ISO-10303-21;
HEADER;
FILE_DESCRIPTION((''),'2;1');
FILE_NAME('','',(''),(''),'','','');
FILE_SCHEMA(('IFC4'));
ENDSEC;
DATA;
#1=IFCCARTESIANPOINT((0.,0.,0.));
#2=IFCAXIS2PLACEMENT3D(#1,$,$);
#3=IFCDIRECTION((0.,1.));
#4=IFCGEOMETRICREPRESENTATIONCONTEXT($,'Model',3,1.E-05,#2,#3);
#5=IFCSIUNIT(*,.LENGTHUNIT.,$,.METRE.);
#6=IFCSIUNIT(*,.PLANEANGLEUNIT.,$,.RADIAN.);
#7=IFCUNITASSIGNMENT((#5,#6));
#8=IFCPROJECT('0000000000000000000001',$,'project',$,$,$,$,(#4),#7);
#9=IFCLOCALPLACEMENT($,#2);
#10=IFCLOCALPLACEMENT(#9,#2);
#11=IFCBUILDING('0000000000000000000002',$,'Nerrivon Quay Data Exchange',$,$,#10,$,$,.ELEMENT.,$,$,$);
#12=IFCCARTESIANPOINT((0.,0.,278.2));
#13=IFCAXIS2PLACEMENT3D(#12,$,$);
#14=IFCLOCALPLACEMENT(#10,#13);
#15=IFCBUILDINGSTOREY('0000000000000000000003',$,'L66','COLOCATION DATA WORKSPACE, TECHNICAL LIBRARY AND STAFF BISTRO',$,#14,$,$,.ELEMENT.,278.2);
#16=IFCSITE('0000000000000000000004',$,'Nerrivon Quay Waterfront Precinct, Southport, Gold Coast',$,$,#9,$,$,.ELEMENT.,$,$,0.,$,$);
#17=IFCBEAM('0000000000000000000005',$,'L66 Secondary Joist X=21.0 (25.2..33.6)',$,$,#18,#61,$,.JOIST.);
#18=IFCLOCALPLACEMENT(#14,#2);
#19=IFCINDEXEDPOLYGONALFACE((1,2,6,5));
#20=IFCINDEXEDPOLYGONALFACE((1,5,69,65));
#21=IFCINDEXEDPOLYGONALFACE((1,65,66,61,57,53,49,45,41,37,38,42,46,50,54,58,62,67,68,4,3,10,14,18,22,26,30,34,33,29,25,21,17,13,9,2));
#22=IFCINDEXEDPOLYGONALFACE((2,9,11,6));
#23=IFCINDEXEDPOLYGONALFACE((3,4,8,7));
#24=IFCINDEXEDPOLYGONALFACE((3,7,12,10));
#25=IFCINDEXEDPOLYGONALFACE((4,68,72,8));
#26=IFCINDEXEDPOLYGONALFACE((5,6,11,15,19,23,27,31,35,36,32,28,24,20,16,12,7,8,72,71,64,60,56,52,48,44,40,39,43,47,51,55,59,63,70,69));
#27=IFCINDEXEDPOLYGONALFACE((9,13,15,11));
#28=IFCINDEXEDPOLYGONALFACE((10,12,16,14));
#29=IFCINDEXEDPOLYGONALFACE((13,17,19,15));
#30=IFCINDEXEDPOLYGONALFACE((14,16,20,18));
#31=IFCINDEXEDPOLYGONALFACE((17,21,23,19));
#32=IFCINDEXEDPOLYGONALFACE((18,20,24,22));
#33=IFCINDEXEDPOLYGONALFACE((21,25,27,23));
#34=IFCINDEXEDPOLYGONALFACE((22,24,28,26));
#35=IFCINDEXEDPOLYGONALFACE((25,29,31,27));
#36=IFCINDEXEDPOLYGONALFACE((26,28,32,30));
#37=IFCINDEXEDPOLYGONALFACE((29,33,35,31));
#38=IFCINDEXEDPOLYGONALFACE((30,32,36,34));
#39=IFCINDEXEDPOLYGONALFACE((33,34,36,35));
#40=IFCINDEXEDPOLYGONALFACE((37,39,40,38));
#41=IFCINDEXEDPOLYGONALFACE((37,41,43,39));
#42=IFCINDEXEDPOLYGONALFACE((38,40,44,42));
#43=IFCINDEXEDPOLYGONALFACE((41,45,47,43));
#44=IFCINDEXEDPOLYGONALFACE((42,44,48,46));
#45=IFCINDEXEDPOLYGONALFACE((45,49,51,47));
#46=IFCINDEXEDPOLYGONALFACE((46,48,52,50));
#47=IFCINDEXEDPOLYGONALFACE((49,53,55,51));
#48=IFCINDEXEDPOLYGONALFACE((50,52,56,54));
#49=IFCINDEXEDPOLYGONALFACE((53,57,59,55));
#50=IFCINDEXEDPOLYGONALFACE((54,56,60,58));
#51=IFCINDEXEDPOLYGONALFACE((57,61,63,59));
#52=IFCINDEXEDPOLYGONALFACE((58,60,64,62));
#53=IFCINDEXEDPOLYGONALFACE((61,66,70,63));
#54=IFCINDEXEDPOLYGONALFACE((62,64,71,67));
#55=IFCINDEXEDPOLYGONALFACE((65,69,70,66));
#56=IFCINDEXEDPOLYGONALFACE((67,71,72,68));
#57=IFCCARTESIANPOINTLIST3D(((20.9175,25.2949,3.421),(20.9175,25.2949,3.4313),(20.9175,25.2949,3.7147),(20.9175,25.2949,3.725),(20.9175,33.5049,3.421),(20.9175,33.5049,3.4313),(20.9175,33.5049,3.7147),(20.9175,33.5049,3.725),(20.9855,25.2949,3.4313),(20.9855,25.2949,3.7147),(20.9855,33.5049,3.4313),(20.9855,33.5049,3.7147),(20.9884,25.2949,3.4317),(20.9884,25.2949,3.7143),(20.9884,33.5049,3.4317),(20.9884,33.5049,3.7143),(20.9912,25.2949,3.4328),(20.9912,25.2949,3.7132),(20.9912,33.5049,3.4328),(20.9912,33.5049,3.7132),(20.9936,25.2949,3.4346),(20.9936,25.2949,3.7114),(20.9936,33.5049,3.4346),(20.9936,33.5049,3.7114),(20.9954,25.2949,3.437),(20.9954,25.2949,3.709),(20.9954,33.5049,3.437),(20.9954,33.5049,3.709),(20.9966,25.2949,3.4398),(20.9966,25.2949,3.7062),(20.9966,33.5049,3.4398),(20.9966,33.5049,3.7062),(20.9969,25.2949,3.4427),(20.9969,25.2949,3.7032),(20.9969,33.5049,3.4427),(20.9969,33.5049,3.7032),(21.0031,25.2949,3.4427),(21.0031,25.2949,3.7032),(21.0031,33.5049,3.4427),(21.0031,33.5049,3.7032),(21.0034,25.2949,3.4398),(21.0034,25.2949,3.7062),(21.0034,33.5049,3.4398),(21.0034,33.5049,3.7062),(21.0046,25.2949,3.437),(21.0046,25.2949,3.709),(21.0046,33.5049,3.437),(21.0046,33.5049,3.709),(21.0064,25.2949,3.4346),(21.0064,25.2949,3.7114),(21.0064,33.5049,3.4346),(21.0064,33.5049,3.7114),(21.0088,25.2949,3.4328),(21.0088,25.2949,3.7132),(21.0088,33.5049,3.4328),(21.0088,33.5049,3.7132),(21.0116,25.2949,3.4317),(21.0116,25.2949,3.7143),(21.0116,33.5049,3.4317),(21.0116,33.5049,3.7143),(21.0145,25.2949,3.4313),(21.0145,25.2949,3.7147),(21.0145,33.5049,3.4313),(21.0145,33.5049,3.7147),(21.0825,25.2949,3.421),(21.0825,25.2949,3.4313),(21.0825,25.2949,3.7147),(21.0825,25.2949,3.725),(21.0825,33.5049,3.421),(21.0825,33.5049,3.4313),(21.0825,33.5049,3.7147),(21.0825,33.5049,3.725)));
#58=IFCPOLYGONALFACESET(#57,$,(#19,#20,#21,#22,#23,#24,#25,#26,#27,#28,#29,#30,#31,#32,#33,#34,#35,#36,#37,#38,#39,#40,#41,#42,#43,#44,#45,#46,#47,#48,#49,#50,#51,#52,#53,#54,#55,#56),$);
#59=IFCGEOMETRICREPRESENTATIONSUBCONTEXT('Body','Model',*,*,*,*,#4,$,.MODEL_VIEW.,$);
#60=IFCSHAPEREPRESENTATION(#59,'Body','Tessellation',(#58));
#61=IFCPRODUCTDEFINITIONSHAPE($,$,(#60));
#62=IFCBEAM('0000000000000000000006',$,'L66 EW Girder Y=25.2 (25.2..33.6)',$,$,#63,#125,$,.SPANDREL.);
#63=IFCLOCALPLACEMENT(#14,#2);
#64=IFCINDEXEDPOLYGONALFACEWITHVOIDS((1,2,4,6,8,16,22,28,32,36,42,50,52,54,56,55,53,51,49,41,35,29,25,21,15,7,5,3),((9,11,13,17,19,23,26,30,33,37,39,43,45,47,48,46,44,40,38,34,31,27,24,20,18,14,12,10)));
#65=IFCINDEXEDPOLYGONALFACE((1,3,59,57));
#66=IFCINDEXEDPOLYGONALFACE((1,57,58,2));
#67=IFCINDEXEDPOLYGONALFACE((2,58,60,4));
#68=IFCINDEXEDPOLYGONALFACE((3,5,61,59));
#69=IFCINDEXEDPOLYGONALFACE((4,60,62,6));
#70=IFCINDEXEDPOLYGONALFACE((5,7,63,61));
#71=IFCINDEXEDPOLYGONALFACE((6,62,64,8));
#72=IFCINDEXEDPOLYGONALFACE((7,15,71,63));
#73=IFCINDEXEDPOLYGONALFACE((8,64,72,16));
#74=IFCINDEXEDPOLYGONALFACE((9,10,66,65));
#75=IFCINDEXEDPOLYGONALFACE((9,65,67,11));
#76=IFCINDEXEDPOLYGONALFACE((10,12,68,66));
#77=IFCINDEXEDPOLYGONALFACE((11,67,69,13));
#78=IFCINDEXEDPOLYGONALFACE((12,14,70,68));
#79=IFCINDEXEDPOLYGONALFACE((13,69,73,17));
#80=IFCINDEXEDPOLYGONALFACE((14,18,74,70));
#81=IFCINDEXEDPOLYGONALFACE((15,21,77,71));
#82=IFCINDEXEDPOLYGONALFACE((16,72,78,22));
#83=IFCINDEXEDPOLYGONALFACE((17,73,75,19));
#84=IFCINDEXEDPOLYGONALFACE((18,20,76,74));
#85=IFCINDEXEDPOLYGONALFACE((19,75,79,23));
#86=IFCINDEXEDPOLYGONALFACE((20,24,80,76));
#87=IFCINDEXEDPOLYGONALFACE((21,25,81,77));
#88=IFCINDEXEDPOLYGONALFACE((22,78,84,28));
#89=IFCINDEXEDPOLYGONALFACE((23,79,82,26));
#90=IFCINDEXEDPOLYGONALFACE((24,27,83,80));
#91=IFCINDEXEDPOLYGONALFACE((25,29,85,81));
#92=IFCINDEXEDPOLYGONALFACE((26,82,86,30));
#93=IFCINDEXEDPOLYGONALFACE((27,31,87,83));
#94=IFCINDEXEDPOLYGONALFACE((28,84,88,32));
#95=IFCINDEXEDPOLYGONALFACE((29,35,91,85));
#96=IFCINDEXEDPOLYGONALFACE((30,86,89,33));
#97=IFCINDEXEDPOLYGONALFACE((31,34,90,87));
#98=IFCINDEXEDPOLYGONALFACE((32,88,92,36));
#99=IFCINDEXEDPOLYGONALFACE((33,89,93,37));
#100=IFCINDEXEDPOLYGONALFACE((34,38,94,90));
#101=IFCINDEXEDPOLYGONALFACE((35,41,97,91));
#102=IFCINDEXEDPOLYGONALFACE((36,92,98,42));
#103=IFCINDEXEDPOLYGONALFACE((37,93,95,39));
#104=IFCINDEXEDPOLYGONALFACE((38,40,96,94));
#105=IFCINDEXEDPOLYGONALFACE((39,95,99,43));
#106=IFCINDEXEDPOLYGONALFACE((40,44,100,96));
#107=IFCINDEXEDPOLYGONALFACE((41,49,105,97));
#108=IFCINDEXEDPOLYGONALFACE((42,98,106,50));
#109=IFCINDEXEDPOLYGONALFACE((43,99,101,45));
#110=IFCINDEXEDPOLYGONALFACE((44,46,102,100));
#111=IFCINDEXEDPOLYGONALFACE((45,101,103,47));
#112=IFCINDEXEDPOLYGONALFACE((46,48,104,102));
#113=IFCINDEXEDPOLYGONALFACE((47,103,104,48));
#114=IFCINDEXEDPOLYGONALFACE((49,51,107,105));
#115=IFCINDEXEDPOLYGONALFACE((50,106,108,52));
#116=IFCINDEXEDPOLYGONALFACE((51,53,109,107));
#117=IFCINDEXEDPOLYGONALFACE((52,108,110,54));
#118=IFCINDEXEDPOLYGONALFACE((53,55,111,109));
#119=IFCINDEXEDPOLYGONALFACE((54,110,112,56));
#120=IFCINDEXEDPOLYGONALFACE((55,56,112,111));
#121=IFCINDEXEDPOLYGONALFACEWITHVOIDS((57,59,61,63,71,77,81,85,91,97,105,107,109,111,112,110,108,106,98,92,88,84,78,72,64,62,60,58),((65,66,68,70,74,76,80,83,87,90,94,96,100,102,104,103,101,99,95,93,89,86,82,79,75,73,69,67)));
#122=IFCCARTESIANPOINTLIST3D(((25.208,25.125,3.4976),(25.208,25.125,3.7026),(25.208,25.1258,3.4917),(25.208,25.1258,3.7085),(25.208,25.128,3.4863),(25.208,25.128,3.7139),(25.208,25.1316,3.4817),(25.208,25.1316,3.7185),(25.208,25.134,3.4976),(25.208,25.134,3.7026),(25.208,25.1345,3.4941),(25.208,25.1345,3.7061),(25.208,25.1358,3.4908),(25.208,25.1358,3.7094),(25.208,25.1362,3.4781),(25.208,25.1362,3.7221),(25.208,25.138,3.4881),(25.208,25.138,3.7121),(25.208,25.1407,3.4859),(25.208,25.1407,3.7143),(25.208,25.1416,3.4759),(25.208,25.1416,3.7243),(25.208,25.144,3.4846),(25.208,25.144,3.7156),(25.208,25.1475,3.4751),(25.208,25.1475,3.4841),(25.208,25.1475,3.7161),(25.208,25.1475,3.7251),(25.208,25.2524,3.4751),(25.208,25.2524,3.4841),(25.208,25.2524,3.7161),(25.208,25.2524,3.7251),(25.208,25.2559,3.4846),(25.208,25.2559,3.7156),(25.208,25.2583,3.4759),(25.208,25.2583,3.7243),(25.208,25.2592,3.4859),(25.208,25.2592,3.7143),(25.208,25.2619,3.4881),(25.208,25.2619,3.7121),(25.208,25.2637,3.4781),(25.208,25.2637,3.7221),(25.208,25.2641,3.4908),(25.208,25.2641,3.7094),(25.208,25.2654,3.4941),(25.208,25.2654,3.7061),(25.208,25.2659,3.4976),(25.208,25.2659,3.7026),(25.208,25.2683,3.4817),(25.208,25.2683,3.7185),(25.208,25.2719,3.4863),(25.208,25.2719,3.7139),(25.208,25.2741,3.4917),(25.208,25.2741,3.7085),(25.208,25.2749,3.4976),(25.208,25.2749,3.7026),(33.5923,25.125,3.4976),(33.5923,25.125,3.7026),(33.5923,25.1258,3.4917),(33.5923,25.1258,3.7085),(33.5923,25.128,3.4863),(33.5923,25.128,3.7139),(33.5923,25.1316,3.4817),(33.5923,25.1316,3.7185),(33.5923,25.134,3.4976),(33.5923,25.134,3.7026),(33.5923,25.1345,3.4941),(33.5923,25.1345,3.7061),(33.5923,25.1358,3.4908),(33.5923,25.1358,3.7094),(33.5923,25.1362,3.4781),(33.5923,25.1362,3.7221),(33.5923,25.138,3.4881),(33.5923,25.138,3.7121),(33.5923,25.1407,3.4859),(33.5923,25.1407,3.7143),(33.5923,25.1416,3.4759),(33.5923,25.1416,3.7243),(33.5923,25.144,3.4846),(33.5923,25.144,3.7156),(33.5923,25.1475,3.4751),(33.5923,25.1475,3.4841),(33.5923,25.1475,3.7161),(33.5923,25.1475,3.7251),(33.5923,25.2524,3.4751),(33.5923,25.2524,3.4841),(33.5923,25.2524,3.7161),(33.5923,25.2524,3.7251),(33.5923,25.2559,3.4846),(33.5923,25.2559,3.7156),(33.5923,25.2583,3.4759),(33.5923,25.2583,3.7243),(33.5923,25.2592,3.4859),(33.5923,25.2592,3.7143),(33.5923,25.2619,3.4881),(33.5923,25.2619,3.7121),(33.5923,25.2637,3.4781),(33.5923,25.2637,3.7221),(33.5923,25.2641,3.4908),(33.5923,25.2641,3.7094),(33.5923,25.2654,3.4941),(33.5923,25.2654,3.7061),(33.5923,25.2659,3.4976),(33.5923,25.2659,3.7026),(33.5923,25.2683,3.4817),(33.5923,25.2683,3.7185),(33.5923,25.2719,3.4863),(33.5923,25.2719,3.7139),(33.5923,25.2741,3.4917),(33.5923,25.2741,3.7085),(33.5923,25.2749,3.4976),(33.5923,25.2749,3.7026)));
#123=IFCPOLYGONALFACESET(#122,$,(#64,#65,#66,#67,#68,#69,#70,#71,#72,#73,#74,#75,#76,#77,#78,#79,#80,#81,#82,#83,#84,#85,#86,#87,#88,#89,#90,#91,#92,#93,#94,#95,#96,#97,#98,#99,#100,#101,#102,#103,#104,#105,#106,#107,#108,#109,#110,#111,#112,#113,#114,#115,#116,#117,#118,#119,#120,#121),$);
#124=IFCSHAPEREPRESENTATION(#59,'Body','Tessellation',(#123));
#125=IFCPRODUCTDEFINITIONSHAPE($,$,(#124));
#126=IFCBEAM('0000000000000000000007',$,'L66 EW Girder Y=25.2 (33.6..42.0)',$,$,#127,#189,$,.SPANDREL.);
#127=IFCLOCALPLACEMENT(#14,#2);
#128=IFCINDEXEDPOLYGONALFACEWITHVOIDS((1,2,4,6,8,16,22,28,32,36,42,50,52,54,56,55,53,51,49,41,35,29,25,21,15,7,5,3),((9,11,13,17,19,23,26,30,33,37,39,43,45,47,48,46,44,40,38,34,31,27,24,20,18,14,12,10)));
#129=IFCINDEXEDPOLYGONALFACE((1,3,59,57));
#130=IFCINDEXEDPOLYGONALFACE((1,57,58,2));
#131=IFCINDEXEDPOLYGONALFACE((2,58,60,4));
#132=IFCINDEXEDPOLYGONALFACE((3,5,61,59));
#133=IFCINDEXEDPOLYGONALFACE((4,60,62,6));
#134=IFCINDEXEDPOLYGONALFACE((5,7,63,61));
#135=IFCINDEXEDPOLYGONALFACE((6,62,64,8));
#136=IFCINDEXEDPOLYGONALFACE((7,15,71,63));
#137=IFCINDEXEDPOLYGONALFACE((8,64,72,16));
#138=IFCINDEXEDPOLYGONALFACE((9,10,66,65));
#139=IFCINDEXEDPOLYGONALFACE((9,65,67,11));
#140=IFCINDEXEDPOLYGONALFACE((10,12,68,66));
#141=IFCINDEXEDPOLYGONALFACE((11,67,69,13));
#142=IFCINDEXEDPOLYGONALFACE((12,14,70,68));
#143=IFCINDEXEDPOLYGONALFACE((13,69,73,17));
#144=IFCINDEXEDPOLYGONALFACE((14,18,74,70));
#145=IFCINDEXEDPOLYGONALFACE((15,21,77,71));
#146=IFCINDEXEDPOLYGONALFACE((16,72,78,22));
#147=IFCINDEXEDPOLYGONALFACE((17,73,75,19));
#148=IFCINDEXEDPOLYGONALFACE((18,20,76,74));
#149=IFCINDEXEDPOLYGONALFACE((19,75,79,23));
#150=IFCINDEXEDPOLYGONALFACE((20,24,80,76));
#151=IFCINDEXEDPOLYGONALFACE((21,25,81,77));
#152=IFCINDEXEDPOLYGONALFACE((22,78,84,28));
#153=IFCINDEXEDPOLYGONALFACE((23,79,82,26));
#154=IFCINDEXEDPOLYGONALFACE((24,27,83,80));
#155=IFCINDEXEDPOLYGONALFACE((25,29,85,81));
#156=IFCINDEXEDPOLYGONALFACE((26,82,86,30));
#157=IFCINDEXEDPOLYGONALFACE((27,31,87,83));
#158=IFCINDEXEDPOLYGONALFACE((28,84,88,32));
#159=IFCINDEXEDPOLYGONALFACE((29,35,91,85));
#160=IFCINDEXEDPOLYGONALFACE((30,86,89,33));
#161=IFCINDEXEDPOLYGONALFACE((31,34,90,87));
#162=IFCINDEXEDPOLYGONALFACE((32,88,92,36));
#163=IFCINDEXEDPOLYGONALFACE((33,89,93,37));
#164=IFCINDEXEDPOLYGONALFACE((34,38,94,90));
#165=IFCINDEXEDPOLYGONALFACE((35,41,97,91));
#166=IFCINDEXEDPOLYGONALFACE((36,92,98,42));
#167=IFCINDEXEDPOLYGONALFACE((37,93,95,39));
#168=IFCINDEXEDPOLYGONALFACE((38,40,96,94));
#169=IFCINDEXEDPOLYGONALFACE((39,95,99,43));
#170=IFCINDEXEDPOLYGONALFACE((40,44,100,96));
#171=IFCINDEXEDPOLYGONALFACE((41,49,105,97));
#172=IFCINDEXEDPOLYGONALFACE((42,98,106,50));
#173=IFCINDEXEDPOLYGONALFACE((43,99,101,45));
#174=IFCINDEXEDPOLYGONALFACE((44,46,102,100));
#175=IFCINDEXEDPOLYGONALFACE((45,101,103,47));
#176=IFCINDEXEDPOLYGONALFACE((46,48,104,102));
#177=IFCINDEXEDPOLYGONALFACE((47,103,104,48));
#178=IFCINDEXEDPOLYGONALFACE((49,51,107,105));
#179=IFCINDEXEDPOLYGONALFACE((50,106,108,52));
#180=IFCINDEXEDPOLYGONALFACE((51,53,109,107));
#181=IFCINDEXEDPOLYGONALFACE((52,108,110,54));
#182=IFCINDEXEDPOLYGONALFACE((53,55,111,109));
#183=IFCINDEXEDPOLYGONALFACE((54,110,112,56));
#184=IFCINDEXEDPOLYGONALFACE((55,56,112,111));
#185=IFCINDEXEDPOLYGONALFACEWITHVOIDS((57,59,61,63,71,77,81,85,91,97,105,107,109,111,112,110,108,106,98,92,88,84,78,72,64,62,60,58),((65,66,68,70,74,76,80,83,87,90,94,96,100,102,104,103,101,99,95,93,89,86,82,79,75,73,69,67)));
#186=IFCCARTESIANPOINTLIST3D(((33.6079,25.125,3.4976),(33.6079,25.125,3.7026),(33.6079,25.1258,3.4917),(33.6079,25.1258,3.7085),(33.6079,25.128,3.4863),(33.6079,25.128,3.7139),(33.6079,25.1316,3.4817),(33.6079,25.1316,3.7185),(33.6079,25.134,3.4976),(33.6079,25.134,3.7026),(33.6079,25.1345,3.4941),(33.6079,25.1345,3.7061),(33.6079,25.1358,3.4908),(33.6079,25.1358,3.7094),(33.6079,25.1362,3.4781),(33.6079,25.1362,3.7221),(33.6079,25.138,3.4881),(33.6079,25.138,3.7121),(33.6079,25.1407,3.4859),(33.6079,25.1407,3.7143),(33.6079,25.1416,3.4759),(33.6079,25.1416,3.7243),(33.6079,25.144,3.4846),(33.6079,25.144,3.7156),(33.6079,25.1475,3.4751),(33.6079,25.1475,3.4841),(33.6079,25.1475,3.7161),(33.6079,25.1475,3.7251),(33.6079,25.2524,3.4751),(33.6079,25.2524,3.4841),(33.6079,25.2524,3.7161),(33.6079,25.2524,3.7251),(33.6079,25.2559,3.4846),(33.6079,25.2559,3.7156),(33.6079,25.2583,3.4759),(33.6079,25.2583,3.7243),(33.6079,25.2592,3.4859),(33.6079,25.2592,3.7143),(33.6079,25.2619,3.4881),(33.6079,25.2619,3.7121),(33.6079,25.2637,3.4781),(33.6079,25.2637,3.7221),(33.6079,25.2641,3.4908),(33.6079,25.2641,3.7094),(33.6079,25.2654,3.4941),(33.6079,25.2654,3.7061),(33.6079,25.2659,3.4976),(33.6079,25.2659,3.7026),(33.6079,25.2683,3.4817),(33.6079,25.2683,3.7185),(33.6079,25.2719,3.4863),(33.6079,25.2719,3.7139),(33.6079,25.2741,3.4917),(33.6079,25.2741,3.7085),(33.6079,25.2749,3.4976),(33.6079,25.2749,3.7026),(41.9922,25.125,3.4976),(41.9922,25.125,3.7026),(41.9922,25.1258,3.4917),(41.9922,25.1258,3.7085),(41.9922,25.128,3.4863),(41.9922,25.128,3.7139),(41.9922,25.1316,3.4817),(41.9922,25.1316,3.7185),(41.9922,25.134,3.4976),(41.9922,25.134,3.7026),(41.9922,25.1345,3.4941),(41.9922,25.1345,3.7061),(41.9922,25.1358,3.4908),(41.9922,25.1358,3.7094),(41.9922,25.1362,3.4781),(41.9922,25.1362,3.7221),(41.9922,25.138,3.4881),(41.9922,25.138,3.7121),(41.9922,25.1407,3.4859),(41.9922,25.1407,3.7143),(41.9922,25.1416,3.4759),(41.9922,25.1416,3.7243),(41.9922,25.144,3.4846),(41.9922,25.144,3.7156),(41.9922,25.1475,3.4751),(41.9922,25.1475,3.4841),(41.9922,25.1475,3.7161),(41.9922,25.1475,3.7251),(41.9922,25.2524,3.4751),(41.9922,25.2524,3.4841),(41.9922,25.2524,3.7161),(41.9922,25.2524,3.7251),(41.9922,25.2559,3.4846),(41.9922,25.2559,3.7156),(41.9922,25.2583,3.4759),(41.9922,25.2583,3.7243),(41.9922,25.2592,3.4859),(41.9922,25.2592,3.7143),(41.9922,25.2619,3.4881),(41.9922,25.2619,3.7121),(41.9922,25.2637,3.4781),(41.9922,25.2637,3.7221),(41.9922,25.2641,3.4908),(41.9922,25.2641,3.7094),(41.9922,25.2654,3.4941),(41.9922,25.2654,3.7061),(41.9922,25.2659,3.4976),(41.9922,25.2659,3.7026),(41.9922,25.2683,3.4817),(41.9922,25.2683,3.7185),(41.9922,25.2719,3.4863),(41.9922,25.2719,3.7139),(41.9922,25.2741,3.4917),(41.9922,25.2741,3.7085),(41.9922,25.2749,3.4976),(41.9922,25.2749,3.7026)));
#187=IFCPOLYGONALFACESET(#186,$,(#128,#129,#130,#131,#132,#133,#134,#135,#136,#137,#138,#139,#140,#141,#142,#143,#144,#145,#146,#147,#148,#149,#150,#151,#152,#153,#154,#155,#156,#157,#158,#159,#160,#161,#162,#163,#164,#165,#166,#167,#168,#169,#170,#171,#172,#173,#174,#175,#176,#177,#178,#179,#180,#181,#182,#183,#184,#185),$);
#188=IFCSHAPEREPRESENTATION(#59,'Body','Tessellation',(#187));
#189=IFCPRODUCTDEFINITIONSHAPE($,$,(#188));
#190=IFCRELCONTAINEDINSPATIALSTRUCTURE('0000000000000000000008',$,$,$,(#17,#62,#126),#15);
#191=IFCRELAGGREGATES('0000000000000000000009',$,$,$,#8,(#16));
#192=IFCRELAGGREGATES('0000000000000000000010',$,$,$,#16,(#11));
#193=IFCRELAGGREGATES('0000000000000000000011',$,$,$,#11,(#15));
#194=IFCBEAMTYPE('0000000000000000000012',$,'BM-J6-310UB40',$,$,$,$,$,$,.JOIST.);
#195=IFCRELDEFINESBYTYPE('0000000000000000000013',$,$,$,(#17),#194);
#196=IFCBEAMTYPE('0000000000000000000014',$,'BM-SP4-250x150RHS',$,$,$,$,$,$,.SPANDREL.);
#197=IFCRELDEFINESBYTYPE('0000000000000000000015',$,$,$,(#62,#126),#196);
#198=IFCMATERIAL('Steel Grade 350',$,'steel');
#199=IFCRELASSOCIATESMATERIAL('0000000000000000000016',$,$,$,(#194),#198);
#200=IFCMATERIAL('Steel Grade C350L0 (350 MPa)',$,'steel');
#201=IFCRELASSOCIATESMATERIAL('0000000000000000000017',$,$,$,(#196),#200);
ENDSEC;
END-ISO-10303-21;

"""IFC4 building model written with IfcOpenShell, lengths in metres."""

from ifc_helpers import new_model, si_unit, direction, frame, origin, origin_2d, place, context, subcontext, project, spatial, hollow_rectangle, i_section, extrude, material, material_profile, profile_set, type_object, element, save


model = new_model("IFC4")

# Units and contexts
model_context = context("Model", 3, precision=1e-05, world=origin(), true_north=direction((0.0, 1.0)))
body_context = subcontext(model_context, "Body", "Model", "MODEL_VIEW")
ifc_project = project(units=[si_unit("LENGTHUNIT", "METRE"), si_unit("PLANEANGLEUNIT", "RADIAN")], contexts=[model_context])

# Site, building, storey
site_placement = place(None, origin())
site = spatial("IfcSite", under=ifc_project, at=site_placement, Name="Nerrivon Quay Waterfront Precinct, Southport, Gold Coast", CompositionType="ELEMENT", RefElevation=0.0)
building_placement = place(site_placement, origin())
building = spatial("IfcBuilding", under=site, at=building_placement, Name="Nerrivon Quay Data Exchange", CompositionType="ELEMENT")
storey_placement = place(building_placement, frame((0.0, 0.0, 278.2)))
storey = spatial("IfcBuildingStorey", under=building, at=storey_placement, Name="L66", Description="COLOCATION DATA WORKSPACE, TECHNICAL LIBRARY AND STAFF BISTRO", CompositionType="ELEMENT", Elevation=278.2)

# Shared definitions
ifc_material_1 = material(Name="Steel Grade 350", Category="steel")

# Beams
ifc_material_profile_1 = material_profile(ifc_material_1, i_section(OverallWidth=0.165, OverallDepth=0.304, WebThickness=0.0061, FlangeThickness=0.0103, FilletRadius=0.0115, at=origin_2d()), Name="310UB40.4")
ifc_profile_set_1 = profile_set([ifc_material_profile_1], Name="Steel Grade 350")
beam_type_1 = type_object("IfcBeamType", Name="BM-J6-310UB40", PredefinedType="JOIST", material=ifc_profile_set_1)
beam_1_placement = place(storey_placement, frame((21.0, 25.2949, 3.573), z_axis=(0.0, 1.0, 0.0), x_axis=(-1.0, 0.0, 0.0)))
element("IfcBeam", 1, at=beam_1_placement, inside=storey, type_object=beam_type_1, Name="L66 Secondary Joist X=21.0 (25.2..33.6)", PredefinedType="JOIST", context=body_context, shape_type="SweptSolid", body=[
    extrude(i_section(OverallWidth=0.165, OverallDepth=0.304, WebThickness=0.0061, FlangeThickness=0.0103, FilletRadius=0.0115, at=origin_2d()), origin(), (0.0, 0.0, 1.0), 8.21),
])
ifc_material_2 = material(Name="Steel Grade C350L0 (350 MPa)", Category="steel")
ifc_material_profile_2 = material_profile(ifc_material_2, hollow_rectangle(XDim=0.1499, YDim=0.25, WallThickness=0.009, InnerFilletRadius=0.0134, OuterFilletRadius=0.0225, at=origin_2d()), Name="250x150x9.0RHS")
ifc_profile_set_2 = profile_set([ifc_material_profile_2], Name="Steel Grade C350L0 (350 MPa)")
beam_type_2 = type_object("IfcBeamType", Name="BM-SP4-250x150RHS", PredefinedType="SPANDREL", material=ifc_profile_set_2)
for number, where, z_axis, x_axis, name in (
    (2, (25.208, 25.2, 3.6001), (1.0, 0.0, 0.0), (0.0, 1.0, 0.0), "L66 EW Girder Y=25.2 (25.2..33.6)"),
    (3, (33.6079, 25.2, 3.6001), (1.0, 0.0, 0.0), (0.0, 1.0, 0.0), "L66 EW Girder Y=25.2 (33.6..42.0)"),
):
    element("IfcBeam", number, at=place(storey_placement, frame(where, z_axis=z_axis, x_axis=x_axis)), inside=storey, type_object=beam_type_2, Name=name, PredefinedType="SPANDREL", context=body_context, shape_type="SweptSolid", body=[
        extrude(hollow_rectangle(XDim=0.1499, YDim=0.25, WallThickness=0.009, InnerFilletRadius=0.0134, OuterFilletRadius=0.0225, at=origin_2d()), origin(), (0.0, 0.0, 1.0), 8.3843),
    ])

save(model, "model.ifc")
